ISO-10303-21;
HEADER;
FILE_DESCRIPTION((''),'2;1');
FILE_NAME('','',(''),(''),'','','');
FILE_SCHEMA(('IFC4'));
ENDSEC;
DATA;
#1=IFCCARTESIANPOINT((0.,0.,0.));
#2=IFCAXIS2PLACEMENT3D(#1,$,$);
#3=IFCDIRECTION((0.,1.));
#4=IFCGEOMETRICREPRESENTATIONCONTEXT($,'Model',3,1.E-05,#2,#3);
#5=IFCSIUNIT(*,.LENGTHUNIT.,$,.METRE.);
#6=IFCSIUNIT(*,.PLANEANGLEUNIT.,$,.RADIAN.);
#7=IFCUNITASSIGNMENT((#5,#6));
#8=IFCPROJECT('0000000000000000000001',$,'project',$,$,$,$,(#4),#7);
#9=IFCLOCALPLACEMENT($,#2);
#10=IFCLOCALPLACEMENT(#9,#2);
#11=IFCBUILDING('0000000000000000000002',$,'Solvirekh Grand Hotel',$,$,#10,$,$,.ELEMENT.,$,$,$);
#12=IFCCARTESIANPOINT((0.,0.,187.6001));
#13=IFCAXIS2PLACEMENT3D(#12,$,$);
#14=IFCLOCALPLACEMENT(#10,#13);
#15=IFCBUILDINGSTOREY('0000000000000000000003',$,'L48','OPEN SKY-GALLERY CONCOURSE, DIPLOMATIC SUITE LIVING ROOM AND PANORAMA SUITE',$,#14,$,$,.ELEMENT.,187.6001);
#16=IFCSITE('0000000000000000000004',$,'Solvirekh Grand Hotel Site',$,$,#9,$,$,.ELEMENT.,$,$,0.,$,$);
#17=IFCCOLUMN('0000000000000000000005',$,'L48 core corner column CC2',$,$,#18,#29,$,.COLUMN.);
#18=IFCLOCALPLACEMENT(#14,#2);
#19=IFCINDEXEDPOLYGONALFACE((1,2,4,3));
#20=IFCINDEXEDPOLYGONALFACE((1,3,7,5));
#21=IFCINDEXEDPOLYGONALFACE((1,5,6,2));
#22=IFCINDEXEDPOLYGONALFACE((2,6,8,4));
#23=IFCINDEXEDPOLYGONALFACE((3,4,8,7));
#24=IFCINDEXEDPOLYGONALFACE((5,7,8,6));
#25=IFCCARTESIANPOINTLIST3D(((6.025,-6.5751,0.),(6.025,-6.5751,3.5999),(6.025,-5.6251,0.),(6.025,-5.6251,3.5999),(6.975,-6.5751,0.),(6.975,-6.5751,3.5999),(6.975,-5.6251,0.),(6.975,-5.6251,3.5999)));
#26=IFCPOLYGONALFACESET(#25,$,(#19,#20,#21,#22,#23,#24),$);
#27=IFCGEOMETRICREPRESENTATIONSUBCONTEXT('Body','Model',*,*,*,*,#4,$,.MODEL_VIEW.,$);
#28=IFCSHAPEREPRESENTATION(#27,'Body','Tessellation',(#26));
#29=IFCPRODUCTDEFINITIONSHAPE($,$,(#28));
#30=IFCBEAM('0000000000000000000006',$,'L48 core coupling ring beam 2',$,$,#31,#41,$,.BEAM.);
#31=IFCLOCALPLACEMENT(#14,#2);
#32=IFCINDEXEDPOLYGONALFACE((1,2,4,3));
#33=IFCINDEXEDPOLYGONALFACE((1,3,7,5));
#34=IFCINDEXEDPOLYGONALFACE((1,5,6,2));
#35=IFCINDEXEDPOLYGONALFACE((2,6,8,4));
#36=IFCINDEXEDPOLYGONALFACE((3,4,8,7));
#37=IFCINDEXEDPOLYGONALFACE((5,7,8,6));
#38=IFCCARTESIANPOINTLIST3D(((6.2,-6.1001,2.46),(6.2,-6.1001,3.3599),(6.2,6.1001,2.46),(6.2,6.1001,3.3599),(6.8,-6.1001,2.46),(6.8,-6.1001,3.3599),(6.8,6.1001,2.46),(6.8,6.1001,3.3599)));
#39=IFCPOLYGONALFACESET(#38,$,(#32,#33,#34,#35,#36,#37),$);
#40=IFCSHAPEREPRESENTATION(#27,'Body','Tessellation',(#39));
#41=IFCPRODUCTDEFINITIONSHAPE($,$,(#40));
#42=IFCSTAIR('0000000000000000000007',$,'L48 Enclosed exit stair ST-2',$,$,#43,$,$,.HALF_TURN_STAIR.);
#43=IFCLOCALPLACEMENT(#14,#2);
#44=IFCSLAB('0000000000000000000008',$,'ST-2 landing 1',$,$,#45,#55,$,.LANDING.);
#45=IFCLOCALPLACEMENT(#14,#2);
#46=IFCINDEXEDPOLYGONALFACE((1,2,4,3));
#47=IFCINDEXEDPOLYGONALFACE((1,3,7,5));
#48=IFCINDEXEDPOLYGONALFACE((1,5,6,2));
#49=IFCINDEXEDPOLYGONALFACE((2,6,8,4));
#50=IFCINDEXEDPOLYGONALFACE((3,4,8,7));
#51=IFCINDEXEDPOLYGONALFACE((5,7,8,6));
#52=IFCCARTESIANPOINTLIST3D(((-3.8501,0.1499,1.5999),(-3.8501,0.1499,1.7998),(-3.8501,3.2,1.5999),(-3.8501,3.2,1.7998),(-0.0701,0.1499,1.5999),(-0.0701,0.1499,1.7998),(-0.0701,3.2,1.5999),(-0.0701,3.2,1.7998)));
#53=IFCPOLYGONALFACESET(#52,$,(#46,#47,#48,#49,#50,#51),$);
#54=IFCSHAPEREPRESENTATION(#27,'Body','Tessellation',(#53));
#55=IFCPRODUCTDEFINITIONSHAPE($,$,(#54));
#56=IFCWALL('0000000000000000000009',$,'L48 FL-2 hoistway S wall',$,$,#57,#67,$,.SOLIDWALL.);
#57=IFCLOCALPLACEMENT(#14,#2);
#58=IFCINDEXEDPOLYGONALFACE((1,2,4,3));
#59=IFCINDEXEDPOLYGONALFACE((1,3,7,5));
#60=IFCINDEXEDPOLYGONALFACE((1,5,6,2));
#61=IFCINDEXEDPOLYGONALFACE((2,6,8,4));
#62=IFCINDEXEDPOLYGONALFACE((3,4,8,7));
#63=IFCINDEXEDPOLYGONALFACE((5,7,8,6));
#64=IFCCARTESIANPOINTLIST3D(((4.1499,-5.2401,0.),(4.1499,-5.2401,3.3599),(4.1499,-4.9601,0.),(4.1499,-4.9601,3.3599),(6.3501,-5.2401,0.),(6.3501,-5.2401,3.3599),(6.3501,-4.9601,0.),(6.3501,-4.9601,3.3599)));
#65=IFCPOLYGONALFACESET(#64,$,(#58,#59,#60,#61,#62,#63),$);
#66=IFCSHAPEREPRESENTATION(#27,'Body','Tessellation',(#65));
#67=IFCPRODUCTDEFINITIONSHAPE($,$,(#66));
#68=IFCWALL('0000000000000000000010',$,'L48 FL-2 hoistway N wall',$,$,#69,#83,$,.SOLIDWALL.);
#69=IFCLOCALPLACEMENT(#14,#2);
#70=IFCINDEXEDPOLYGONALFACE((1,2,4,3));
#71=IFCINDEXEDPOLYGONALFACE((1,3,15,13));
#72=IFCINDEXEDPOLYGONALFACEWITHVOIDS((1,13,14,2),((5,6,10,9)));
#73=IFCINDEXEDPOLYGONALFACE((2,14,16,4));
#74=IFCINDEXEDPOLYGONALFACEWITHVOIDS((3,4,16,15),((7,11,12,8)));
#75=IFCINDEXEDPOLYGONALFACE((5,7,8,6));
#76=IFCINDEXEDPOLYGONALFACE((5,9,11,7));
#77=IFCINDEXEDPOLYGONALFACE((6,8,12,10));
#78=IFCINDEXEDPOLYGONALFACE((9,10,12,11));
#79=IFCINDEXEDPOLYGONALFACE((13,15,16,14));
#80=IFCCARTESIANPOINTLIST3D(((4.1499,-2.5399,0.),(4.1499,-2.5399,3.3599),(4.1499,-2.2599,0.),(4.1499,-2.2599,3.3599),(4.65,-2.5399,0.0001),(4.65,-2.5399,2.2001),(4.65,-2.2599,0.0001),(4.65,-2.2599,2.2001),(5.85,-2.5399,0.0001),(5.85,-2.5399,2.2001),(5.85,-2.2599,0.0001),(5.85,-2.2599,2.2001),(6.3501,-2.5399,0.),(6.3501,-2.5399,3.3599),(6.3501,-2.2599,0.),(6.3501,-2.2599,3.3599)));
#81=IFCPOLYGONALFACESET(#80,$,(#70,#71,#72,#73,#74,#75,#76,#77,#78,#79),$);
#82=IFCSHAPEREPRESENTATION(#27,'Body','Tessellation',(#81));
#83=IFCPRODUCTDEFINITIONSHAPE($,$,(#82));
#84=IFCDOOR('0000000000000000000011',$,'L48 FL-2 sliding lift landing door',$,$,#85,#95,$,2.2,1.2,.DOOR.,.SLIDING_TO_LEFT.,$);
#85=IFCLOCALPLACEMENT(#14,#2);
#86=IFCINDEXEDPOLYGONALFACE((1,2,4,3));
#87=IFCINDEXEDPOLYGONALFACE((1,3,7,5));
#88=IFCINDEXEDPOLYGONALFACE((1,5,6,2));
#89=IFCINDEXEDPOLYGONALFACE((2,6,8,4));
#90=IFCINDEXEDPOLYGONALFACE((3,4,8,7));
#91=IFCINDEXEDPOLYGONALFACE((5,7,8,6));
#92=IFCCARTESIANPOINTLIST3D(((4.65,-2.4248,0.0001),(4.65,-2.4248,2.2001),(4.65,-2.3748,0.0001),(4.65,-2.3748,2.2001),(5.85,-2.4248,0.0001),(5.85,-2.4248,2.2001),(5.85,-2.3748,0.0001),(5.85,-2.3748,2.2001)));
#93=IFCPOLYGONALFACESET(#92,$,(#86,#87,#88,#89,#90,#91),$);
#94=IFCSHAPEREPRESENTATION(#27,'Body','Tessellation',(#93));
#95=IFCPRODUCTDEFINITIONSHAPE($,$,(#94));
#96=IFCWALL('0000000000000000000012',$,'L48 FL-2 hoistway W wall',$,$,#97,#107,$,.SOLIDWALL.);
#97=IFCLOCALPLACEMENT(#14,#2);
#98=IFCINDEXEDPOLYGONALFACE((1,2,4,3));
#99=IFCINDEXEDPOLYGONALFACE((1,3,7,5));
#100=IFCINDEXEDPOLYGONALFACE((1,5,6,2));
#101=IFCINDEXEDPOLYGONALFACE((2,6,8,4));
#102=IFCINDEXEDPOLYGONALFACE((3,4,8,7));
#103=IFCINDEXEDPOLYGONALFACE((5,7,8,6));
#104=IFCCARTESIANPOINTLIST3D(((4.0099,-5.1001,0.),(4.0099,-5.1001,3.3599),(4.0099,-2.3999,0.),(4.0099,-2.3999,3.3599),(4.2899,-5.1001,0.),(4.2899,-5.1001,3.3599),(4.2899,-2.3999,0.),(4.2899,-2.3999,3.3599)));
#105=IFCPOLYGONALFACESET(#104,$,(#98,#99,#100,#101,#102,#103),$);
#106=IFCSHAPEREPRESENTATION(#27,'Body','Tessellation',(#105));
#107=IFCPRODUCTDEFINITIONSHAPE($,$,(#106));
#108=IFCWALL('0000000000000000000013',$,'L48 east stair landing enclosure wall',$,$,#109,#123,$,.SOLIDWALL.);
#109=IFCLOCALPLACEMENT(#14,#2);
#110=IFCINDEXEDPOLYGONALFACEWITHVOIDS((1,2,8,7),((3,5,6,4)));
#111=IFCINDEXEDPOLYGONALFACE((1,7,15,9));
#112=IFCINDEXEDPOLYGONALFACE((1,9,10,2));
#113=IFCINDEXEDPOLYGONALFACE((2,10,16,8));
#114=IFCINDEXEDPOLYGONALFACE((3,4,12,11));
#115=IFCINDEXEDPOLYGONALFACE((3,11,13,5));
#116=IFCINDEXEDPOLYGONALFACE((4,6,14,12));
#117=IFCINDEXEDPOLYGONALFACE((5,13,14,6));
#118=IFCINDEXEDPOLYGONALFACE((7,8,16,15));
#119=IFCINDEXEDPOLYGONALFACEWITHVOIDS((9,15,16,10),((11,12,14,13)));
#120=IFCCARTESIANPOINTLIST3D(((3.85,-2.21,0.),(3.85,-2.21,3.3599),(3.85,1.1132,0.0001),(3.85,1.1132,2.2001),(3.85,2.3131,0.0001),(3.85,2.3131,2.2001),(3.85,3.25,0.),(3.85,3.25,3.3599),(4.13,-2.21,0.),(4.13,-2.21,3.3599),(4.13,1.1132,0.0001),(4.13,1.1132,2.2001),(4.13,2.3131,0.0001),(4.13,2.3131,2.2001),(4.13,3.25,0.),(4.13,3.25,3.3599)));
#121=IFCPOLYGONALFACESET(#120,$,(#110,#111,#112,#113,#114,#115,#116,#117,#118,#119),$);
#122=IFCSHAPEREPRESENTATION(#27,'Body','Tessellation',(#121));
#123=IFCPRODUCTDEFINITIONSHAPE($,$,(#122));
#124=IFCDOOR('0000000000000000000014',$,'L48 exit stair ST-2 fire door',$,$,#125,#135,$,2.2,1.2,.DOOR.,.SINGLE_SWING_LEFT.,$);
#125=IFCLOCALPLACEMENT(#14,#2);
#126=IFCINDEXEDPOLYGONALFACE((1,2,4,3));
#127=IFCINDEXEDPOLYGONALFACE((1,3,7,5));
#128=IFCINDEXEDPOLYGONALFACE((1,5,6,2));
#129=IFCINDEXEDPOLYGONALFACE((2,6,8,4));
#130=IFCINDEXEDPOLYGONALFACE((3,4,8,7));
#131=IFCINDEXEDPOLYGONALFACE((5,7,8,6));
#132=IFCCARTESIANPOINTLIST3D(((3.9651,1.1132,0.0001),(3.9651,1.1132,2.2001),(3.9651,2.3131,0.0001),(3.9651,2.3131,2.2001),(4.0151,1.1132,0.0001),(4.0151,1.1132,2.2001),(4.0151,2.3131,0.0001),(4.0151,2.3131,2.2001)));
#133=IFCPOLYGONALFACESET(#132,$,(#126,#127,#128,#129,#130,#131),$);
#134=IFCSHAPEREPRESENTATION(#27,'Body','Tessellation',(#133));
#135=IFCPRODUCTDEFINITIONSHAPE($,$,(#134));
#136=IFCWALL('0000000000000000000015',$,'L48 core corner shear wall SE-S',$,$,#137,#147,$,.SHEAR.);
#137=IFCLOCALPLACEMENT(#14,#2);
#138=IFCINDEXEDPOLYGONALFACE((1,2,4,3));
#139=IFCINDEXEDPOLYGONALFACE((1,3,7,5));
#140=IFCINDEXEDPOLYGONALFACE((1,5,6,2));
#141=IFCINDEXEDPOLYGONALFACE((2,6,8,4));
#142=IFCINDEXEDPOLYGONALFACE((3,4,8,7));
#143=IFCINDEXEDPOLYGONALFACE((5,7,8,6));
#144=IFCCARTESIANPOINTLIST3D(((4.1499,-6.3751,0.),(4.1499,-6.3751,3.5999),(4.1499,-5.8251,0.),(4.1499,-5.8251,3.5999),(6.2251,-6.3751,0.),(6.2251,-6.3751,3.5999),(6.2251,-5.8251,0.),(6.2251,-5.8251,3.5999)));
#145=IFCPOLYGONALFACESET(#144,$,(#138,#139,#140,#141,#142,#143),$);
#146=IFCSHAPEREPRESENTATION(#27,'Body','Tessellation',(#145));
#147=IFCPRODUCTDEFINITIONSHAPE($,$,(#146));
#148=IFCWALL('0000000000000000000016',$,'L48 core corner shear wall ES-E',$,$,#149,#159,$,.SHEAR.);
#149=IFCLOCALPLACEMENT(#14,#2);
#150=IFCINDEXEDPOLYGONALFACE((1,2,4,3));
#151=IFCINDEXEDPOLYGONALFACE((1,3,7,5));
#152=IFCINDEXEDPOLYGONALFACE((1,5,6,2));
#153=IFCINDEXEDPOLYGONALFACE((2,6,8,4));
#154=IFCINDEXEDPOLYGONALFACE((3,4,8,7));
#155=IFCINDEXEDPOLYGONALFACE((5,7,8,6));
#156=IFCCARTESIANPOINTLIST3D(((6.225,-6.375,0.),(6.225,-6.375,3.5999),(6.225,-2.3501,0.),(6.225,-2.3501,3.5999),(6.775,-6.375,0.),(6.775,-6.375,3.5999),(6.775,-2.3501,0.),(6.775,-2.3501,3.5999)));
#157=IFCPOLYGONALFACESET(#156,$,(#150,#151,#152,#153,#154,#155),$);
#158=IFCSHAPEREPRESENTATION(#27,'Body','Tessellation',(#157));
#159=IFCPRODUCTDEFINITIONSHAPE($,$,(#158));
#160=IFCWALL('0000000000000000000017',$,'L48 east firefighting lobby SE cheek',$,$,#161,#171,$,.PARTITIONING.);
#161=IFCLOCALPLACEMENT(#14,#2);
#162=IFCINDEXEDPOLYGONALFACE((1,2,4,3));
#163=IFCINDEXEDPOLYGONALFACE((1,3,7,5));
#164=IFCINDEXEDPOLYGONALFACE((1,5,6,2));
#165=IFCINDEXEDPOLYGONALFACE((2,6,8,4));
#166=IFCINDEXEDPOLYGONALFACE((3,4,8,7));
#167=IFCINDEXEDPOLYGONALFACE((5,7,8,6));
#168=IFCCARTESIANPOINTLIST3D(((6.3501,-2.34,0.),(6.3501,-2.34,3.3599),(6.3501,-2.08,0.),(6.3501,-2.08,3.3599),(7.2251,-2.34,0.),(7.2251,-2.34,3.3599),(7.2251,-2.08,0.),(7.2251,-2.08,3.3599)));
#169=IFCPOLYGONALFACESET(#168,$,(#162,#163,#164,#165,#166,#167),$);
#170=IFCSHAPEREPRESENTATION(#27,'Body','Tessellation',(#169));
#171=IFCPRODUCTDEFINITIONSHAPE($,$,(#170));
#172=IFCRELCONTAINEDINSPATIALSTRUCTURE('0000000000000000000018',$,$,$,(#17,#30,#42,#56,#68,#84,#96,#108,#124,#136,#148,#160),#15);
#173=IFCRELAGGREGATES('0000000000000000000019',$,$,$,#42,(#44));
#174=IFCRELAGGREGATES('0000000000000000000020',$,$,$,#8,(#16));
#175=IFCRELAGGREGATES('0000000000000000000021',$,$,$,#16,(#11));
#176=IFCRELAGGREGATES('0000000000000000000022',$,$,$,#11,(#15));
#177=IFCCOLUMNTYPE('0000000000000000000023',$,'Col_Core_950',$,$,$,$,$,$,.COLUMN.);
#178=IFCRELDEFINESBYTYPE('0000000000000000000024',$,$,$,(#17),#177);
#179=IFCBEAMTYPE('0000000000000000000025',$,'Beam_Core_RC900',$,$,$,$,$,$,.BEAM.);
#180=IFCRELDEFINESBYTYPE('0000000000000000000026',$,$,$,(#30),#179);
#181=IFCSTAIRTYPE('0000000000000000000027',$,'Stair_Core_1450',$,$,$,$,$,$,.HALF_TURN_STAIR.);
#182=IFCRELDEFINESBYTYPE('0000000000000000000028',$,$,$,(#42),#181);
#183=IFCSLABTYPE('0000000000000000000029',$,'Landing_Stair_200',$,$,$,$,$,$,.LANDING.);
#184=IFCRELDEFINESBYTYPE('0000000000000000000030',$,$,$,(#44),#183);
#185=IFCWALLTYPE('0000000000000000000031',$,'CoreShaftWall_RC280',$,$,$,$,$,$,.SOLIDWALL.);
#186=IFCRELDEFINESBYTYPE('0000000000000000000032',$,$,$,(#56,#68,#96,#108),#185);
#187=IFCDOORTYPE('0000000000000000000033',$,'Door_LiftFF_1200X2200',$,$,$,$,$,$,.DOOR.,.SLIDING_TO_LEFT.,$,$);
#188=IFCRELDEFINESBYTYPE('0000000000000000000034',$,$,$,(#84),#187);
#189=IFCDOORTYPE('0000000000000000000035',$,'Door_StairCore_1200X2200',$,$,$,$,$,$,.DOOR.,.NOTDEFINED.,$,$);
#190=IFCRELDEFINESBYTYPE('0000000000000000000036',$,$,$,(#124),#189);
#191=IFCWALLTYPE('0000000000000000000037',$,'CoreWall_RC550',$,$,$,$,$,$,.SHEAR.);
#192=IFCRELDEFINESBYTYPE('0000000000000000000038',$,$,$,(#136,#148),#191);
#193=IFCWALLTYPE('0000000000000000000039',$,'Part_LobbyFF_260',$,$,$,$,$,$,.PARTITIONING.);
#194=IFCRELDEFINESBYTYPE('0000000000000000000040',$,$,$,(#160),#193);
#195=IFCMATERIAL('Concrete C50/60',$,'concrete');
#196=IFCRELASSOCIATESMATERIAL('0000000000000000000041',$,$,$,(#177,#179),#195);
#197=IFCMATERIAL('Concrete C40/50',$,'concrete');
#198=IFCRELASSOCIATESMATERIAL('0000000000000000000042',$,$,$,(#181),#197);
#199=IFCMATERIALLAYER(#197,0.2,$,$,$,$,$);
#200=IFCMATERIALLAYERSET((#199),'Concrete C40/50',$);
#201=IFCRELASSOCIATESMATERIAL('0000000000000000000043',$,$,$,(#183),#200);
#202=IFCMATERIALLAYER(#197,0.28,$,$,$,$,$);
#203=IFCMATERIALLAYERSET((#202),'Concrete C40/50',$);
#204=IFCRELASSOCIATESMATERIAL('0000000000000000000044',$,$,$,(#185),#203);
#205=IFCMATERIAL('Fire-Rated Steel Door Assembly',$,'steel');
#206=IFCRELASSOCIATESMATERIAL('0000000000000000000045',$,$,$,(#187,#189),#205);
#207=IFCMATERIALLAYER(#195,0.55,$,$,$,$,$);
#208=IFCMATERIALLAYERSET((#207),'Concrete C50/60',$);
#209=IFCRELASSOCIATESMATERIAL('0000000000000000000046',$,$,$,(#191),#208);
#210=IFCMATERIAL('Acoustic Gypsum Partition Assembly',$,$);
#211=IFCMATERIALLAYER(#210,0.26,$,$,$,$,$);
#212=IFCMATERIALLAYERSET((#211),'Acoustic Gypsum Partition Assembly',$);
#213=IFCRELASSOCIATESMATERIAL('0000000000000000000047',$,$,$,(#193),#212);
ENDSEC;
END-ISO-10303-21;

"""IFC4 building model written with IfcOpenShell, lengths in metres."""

from ifc_helpers import new_model, si_unit, direction, frame, frame_2d, origin, origin_2d, place, context, subcontext, project, spatial, polyline, rectangle, outline, extrude, material, layer, layer_set, material_profile, profile_set, type_object, element, fill, aggregate, save


model = new_model("IFC4")

# Units and contexts
model_context = context("Model", 3, precision=1e-05, world=origin(), true_north=direction((0.0, 1.0)))
body_context = subcontext(model_context, "Body", "Model", "MODEL_VIEW")
ifc_project = project(units=[si_unit("LENGTHUNIT", "METRE"), si_unit("PLANEANGLEUNIT", "RADIAN")], contexts=[model_context])

# Site, building, storey
site_placement = place(None, origin())
site = spatial("IfcSite", under=ifc_project, at=site_placement, Name="Solvirekh Grand Hotel Site", CompositionType="ELEMENT", RefElevation=0.0)
building_placement = place(site_placement, origin())
building = spatial("IfcBuilding", under=site, at=building_placement, Name="Solvirekh Grand Hotel", CompositionType="ELEMENT")
storey_placement = place(building_placement, frame((0.0, 0.0, 187.6001)))
storey = spatial("IfcBuildingStorey", under=building, at=storey_placement, Name="L48", Description="OPEN SKY-GALLERY CONCOURSE, DIPLOMATIC SUITE LIVING ROOM AND PANORAMA SUITE", CompositionType="ELEMENT", Elevation=187.6001)

# Column
ifc_material_1 = material(Name="Concrete C50/60", Category="concrete")
ifc_material_profile_1 = material_profile(ifc_material_1, rectangle(XDim=0.95, YDim=0.95, at=origin_2d()), Name="RC 950X950")
ifc_profile_set_1 = profile_set([ifc_material_profile_1], Name="Concrete C50/60")
column_type = type_object("IfcColumnType", Name="Col_Core_950", PredefinedType="COLUMN", material=ifc_profile_set_1)
column_placement = place(storey_placement, frame((6.5, -6.1001, 0.0), z_axis=(0.0, 0.0, 1.0), x_axis=(1.0, 0.0, 0.0)))
element("IfcColumn", 1, at=column_placement, inside=storey, type_object=column_type, Name="L48 core corner column CC2", PredefinedType="COLUMN", context=body_context, shape_type="SweptSolid", body=[
    extrude(rectangle(XDim=0.95, YDim=0.95, at=origin_2d()), origin(), (0.0, 0.0, 1.0), 3.5999),
])

# Beam
ifc_material_profile_2 = material_profile(ifc_material_1, rectangle(XDim=0.6001, YDim=0.8999, at=origin_2d()), Name="RC BEAM 600X900")
ifc_profile_set_2 = profile_set([ifc_material_profile_2], Name="Concrete C50/60")
beam_type = type_object("IfcBeamType", Name="Beam_Core_RC900", PredefinedType="BEAM", material=ifc_profile_set_2)
beam_placement = place(storey_placement, frame((6.5, -6.1001, 2.9099), z_axis=(0.0, 1.0, 0.0), x_axis=(-1.0, 0.0, 0.0)))
element("IfcBeam", 2, at=beam_placement, inside=storey, type_object=beam_type, Name="L48 core coupling ring beam 2", PredefinedType="BEAM", context=body_context, shape_type="SweptSolid", body=[
    extrude(rectangle(XDim=0.6001, YDim=0.8999, at=origin_2d()), origin(), (0.0, 0.0, 1.0), 12.2002),
])

# Stair, slab
ifc_material_2 = material(Name="Concrete C40/50", Category="concrete")
stair_type = type_object("IfcStairType", Name="Stair_Core_1450", PredefinedType="HALF_TURN_STAIR", material=ifc_material_2)
stair_1_placement = place(storey_placement, origin())
stair_1 = element("IfcStair", 3, at=stair_1_placement, inside=storey, type_object=stair_type, Name="L48 Enclosed exit stair ST-2", PredefinedType="HALF_TURN_STAIR")
ifc_layer_1 = layer(ifc_material_2, 0.2)
ifc_layer_set_1 = layer_set([ifc_layer_1], Name="Concrete C40/50")
slab_type = type_object("IfcSlabType", Name="Landing_Stair_200", PredefinedType="LANDING", material=ifc_layer_set_1)
slab_placement = place(storey_placement, frame((0.0, 0.0, 1.5999)))
slab = element("IfcSlab", 4, at=slab_placement, type_object=slab_type, Name="ST-2 landing 1", PredefinedType="LANDING", context=body_context, shape_type="SweptSolid", body=[
    extrude(outline(polyline([(-0.0701, 3.2), (-3.8501, 3.2), (-3.8501, 0.1499), (-0.0701, 0.1499), (-0.0701, 3.2)])), origin(), (0.0, 0.0, 1.0), 0.2),
])
aggregate(stair_1, [slab])

# Wall
ifc_layer_2 = layer(ifc_material_2, 0.28)
ifc_layer_set_2 = layer_set([ifc_layer_2], Name="Concrete C40/50")
wall_type_1 = type_object("IfcWallType", Name="CoreShaftWall_RC280", PredefinedType="SOLIDWALL", material=ifc_layer_set_2)
wall_1_placement = place(storey_placement, frame((4.1499, -5.1001, 0.0), z_axis=(0.0, 0.0, 1.0), x_axis=(1.0, 0.0, 0.0)))
element("IfcWall", 5, at=wall_1_placement, inside=storey, type_object=wall_type_1, Name="L48 FL-2 hoistway S wall", PredefinedType="SOLIDWALL", context=body_context, shape_type="SweptSolid", body=[
    extrude(rectangle(XDim=2.2002, YDim=0.28, at=frame_2d((1.1001, 0.0))), origin(), (0.0, 0.0, 1.0), 3.3599),
])

# Wall, opening, door
wall_2_placement = place(storey_placement, frame((6.3501, -2.3999, 0.0), z_axis=(0.0, 0.0, 1.0), x_axis=(-1.0, 0.0, 0.0)))
wall_2 = element("IfcWall", 6, at=wall_2_placement, inside=storey, type_object=wall_type_1, Name="L48 FL-2 hoistway N wall", PredefinedType="SOLIDWALL", context=body_context, shape_type="SweptSolid", body=[
    extrude(rectangle(XDim=2.2002, YDim=0.28, at=frame_2d((1.1001, 0.0))), origin(), (0.0, 0.0, 1.0), 3.3599),
])
opening_1_placement = place(wall_2_placement, frame((0.5, 0.0, 0.0)))
opening_1 = element("IfcOpeningElement", 7, at=opening_1_placement, cuts=wall_2, PredefinedType="OPENING", context=body_context, shape_type="SweptSolid", body=[
    extrude(rectangle(XDim=1.2, YDim=2.2, at=frame_2d((0.6001, 1.1001))), frame((0.0, 0.1499, 0.0), z_axis=(0.0, -1.0, 0.0), x_axis=(1.0, 0.0, 0.0)), (0.0, 0.0, 1.0), 0.3),
])
ifc_material_3 = material(Name="Fire-Rated Steel Door Assembly", Category="steel")
door_type_1 = type_object("IfcDoorType", Name="Door_LiftFF_1200X2200", OperationType="SLIDING_TO_LEFT", PredefinedType="DOOR", material=ifc_material_3)
door_1_placement = place(opening_1_placement, origin())
door_1 = element("IfcDoor", 8, at=door_1_placement, inside=storey, type_object=door_type_1, Name="L48 FL-2 sliding lift landing door", OperationType="SLIDING_TO_LEFT", OverallHeight=2.2, OverallWidth=1.2, PredefinedType="DOOR", context=body_context, shape_type="SweptSolid", body=[
    extrude(rectangle(XDim=1.2, YDim=2.2, at=frame_2d((0.6001, 1.1001))), frame((0.0, 0.0249, 0.0), z_axis=(0.0, -1.0, 0.0), x_axis=(1.0, 0.0, 0.0)), (0.0, 0.0, 1.0), 0.05),
])
fill(opening_1, door_1)

# Wall
wall_3_placement = place(storey_placement, frame((4.1499, -2.3999, 0.0), z_axis=(0.0, 0.0, 1.0), x_axis=(0.0, -1.0, 0.0)))
element("IfcWall", 9, at=wall_3_placement, inside=storey, type_object=wall_type_1, Name="L48 FL-2 hoistway W wall", PredefinedType="SOLIDWALL", context=body_context, shape_type="SweptSolid", body=[
    extrude(rectangle(XDim=2.7002, YDim=0.28, at=frame_2d((1.3501, 0.0))), origin(), (0.0, 0.0, 1.0), 3.3599),
])

# Wall, opening, door
wall_4_placement = place(storey_placement, frame((3.99, -2.21, 0.0), z_axis=(0.0, 0.0, 1.0), x_axis=(0.0, 1.0, 0.0)))
wall_4 = element("IfcWall", 10, at=wall_4_placement, inside=storey, type_object=wall_type_1, Name="L48 east stair landing enclosure wall", PredefinedType="SOLIDWALL", context=body_context, shape_type="SweptSolid", body=[
    extrude(rectangle(XDim=5.46, YDim=0.28, at=frame_2d((2.73, 0.0))), origin(), (0.0, 0.0, 1.0), 3.3599),
])
opening_2_placement = place(wall_4_placement, frame((3.323, 0.0, 0.0)))
opening_2 = element("IfcOpeningElement", 11, at=opening_2_placement, cuts=wall_4, PredefinedType="OPENING", context=body_context, shape_type="SweptSolid", body=[
    extrude(rectangle(XDim=1.2, YDim=2.2, at=frame_2d((0.6001, 1.1001))), frame((0.0, 0.1499, 0.0), z_axis=(0.0, -1.0, 0.0), x_axis=(1.0, 0.0, 0.0)), (0.0, 0.0, 1.0), 0.3),
])
door_type_2 = type_object("IfcDoorType", Name="Door_StairCore_1200X2200", OperationType="NOTDEFINED", PredefinedType="DOOR", material=ifc_material_3)
door_2_placement = place(opening_2_placement, origin())
door_2 = element("IfcDoor", 12, at=door_2_placement, inside=storey, type_object=door_type_2, Name="L48 exit stair ST-2 fire door", OperationType="SINGLE_SWING_LEFT", OverallHeight=2.2, OverallWidth=1.2, PredefinedType="DOOR", context=body_context, shape_type="SweptSolid", body=[
    extrude(rectangle(XDim=1.2, YDim=2.2, at=frame_2d((0.6001, 1.1001))), frame((0.0, 0.0249, 0.0), z_axis=(0.0, -1.0, 0.0), x_axis=(1.0, 0.0, 0.0)), (0.0, 0.0, 1.0), 0.05),
])
fill(opening_2, door_2)

# Walls
ifc_layer_3 = layer(ifc_material_1, 0.55)
ifc_layer_set_3 = layer_set([ifc_layer_3], Name="Concrete C50/60")
wall_type_2 = type_object("IfcWallType", Name="CoreWall_RC550", PredefinedType="SHEAR", material=ifc_layer_set_3)
wall_5_placement = place(storey_placement, frame((4.1499, -6.1001, 0.0), z_axis=(0.0, 0.0, 1.0), x_axis=(1.0, 0.0, 0.0)))
element("IfcWall", 13, at=wall_5_placement, inside=storey, type_object=wall_type_2, Name="L48 core corner shear wall SE-S", PredefinedType="SHEAR", context=body_context, shape_type="SweptSolid", body=[
    extrude(rectangle(XDim=2.0752, YDim=0.55, at=frame_2d((1.0376, 0.0))), origin(), (0.0, 0.0, 1.0), 3.5999),
])
wall_6_placement = place(storey_placement, frame((6.5, -6.375, 0.0), z_axis=(0.0, 0.0, 1.0), x_axis=(0.0, 1.0, 0.0)))
element("IfcWall", 14, at=wall_6_placement, inside=storey, type_object=wall_type_2, Name="L48 core corner shear wall ES-E", PredefinedType="SHEAR", context=body_context, shape_type="SweptSolid", body=[
    extrude(rectangle(XDim=4.0249, YDim=0.55, at=frame_2d((2.0125, 0.0))), origin(), (0.0, 0.0, 1.0), 3.5999),
])

# Shared definitions
ifc_material_4 = material(Name="Acoustic Gypsum Partition Assembly")

# Wall
ifc_layer_4 = layer(ifc_material_4, 0.26)
ifc_layer_set_4 = layer_set([ifc_layer_4], Name="Acoustic Gypsum Partition Assembly")
wall_type_3 = type_object("IfcWallType", Name="Part_LobbyFF_260", PredefinedType="PARTITIONING", material=ifc_layer_set_4)
wall_7_placement = place(storey_placement, frame((6.3501, -2.21, 0.0), z_axis=(0.0, 0.0, 1.0), x_axis=(1.0, 0.0, 0.0)))
element("IfcWall", 15, at=wall_7_placement, inside=storey, type_object=wall_type_3, Name="L48 east firefighting lobby SE cheek", PredefinedType="PARTITIONING", context=body_context, shape_type="SweptSolid", body=[
    extrude(rectangle(XDim=0.875, YDim=0.26, at=frame_2d((0.4375, 0.0))), origin(), (0.0, 0.0, 1.0), 3.3599),
])

save(model, "model.ifc")
